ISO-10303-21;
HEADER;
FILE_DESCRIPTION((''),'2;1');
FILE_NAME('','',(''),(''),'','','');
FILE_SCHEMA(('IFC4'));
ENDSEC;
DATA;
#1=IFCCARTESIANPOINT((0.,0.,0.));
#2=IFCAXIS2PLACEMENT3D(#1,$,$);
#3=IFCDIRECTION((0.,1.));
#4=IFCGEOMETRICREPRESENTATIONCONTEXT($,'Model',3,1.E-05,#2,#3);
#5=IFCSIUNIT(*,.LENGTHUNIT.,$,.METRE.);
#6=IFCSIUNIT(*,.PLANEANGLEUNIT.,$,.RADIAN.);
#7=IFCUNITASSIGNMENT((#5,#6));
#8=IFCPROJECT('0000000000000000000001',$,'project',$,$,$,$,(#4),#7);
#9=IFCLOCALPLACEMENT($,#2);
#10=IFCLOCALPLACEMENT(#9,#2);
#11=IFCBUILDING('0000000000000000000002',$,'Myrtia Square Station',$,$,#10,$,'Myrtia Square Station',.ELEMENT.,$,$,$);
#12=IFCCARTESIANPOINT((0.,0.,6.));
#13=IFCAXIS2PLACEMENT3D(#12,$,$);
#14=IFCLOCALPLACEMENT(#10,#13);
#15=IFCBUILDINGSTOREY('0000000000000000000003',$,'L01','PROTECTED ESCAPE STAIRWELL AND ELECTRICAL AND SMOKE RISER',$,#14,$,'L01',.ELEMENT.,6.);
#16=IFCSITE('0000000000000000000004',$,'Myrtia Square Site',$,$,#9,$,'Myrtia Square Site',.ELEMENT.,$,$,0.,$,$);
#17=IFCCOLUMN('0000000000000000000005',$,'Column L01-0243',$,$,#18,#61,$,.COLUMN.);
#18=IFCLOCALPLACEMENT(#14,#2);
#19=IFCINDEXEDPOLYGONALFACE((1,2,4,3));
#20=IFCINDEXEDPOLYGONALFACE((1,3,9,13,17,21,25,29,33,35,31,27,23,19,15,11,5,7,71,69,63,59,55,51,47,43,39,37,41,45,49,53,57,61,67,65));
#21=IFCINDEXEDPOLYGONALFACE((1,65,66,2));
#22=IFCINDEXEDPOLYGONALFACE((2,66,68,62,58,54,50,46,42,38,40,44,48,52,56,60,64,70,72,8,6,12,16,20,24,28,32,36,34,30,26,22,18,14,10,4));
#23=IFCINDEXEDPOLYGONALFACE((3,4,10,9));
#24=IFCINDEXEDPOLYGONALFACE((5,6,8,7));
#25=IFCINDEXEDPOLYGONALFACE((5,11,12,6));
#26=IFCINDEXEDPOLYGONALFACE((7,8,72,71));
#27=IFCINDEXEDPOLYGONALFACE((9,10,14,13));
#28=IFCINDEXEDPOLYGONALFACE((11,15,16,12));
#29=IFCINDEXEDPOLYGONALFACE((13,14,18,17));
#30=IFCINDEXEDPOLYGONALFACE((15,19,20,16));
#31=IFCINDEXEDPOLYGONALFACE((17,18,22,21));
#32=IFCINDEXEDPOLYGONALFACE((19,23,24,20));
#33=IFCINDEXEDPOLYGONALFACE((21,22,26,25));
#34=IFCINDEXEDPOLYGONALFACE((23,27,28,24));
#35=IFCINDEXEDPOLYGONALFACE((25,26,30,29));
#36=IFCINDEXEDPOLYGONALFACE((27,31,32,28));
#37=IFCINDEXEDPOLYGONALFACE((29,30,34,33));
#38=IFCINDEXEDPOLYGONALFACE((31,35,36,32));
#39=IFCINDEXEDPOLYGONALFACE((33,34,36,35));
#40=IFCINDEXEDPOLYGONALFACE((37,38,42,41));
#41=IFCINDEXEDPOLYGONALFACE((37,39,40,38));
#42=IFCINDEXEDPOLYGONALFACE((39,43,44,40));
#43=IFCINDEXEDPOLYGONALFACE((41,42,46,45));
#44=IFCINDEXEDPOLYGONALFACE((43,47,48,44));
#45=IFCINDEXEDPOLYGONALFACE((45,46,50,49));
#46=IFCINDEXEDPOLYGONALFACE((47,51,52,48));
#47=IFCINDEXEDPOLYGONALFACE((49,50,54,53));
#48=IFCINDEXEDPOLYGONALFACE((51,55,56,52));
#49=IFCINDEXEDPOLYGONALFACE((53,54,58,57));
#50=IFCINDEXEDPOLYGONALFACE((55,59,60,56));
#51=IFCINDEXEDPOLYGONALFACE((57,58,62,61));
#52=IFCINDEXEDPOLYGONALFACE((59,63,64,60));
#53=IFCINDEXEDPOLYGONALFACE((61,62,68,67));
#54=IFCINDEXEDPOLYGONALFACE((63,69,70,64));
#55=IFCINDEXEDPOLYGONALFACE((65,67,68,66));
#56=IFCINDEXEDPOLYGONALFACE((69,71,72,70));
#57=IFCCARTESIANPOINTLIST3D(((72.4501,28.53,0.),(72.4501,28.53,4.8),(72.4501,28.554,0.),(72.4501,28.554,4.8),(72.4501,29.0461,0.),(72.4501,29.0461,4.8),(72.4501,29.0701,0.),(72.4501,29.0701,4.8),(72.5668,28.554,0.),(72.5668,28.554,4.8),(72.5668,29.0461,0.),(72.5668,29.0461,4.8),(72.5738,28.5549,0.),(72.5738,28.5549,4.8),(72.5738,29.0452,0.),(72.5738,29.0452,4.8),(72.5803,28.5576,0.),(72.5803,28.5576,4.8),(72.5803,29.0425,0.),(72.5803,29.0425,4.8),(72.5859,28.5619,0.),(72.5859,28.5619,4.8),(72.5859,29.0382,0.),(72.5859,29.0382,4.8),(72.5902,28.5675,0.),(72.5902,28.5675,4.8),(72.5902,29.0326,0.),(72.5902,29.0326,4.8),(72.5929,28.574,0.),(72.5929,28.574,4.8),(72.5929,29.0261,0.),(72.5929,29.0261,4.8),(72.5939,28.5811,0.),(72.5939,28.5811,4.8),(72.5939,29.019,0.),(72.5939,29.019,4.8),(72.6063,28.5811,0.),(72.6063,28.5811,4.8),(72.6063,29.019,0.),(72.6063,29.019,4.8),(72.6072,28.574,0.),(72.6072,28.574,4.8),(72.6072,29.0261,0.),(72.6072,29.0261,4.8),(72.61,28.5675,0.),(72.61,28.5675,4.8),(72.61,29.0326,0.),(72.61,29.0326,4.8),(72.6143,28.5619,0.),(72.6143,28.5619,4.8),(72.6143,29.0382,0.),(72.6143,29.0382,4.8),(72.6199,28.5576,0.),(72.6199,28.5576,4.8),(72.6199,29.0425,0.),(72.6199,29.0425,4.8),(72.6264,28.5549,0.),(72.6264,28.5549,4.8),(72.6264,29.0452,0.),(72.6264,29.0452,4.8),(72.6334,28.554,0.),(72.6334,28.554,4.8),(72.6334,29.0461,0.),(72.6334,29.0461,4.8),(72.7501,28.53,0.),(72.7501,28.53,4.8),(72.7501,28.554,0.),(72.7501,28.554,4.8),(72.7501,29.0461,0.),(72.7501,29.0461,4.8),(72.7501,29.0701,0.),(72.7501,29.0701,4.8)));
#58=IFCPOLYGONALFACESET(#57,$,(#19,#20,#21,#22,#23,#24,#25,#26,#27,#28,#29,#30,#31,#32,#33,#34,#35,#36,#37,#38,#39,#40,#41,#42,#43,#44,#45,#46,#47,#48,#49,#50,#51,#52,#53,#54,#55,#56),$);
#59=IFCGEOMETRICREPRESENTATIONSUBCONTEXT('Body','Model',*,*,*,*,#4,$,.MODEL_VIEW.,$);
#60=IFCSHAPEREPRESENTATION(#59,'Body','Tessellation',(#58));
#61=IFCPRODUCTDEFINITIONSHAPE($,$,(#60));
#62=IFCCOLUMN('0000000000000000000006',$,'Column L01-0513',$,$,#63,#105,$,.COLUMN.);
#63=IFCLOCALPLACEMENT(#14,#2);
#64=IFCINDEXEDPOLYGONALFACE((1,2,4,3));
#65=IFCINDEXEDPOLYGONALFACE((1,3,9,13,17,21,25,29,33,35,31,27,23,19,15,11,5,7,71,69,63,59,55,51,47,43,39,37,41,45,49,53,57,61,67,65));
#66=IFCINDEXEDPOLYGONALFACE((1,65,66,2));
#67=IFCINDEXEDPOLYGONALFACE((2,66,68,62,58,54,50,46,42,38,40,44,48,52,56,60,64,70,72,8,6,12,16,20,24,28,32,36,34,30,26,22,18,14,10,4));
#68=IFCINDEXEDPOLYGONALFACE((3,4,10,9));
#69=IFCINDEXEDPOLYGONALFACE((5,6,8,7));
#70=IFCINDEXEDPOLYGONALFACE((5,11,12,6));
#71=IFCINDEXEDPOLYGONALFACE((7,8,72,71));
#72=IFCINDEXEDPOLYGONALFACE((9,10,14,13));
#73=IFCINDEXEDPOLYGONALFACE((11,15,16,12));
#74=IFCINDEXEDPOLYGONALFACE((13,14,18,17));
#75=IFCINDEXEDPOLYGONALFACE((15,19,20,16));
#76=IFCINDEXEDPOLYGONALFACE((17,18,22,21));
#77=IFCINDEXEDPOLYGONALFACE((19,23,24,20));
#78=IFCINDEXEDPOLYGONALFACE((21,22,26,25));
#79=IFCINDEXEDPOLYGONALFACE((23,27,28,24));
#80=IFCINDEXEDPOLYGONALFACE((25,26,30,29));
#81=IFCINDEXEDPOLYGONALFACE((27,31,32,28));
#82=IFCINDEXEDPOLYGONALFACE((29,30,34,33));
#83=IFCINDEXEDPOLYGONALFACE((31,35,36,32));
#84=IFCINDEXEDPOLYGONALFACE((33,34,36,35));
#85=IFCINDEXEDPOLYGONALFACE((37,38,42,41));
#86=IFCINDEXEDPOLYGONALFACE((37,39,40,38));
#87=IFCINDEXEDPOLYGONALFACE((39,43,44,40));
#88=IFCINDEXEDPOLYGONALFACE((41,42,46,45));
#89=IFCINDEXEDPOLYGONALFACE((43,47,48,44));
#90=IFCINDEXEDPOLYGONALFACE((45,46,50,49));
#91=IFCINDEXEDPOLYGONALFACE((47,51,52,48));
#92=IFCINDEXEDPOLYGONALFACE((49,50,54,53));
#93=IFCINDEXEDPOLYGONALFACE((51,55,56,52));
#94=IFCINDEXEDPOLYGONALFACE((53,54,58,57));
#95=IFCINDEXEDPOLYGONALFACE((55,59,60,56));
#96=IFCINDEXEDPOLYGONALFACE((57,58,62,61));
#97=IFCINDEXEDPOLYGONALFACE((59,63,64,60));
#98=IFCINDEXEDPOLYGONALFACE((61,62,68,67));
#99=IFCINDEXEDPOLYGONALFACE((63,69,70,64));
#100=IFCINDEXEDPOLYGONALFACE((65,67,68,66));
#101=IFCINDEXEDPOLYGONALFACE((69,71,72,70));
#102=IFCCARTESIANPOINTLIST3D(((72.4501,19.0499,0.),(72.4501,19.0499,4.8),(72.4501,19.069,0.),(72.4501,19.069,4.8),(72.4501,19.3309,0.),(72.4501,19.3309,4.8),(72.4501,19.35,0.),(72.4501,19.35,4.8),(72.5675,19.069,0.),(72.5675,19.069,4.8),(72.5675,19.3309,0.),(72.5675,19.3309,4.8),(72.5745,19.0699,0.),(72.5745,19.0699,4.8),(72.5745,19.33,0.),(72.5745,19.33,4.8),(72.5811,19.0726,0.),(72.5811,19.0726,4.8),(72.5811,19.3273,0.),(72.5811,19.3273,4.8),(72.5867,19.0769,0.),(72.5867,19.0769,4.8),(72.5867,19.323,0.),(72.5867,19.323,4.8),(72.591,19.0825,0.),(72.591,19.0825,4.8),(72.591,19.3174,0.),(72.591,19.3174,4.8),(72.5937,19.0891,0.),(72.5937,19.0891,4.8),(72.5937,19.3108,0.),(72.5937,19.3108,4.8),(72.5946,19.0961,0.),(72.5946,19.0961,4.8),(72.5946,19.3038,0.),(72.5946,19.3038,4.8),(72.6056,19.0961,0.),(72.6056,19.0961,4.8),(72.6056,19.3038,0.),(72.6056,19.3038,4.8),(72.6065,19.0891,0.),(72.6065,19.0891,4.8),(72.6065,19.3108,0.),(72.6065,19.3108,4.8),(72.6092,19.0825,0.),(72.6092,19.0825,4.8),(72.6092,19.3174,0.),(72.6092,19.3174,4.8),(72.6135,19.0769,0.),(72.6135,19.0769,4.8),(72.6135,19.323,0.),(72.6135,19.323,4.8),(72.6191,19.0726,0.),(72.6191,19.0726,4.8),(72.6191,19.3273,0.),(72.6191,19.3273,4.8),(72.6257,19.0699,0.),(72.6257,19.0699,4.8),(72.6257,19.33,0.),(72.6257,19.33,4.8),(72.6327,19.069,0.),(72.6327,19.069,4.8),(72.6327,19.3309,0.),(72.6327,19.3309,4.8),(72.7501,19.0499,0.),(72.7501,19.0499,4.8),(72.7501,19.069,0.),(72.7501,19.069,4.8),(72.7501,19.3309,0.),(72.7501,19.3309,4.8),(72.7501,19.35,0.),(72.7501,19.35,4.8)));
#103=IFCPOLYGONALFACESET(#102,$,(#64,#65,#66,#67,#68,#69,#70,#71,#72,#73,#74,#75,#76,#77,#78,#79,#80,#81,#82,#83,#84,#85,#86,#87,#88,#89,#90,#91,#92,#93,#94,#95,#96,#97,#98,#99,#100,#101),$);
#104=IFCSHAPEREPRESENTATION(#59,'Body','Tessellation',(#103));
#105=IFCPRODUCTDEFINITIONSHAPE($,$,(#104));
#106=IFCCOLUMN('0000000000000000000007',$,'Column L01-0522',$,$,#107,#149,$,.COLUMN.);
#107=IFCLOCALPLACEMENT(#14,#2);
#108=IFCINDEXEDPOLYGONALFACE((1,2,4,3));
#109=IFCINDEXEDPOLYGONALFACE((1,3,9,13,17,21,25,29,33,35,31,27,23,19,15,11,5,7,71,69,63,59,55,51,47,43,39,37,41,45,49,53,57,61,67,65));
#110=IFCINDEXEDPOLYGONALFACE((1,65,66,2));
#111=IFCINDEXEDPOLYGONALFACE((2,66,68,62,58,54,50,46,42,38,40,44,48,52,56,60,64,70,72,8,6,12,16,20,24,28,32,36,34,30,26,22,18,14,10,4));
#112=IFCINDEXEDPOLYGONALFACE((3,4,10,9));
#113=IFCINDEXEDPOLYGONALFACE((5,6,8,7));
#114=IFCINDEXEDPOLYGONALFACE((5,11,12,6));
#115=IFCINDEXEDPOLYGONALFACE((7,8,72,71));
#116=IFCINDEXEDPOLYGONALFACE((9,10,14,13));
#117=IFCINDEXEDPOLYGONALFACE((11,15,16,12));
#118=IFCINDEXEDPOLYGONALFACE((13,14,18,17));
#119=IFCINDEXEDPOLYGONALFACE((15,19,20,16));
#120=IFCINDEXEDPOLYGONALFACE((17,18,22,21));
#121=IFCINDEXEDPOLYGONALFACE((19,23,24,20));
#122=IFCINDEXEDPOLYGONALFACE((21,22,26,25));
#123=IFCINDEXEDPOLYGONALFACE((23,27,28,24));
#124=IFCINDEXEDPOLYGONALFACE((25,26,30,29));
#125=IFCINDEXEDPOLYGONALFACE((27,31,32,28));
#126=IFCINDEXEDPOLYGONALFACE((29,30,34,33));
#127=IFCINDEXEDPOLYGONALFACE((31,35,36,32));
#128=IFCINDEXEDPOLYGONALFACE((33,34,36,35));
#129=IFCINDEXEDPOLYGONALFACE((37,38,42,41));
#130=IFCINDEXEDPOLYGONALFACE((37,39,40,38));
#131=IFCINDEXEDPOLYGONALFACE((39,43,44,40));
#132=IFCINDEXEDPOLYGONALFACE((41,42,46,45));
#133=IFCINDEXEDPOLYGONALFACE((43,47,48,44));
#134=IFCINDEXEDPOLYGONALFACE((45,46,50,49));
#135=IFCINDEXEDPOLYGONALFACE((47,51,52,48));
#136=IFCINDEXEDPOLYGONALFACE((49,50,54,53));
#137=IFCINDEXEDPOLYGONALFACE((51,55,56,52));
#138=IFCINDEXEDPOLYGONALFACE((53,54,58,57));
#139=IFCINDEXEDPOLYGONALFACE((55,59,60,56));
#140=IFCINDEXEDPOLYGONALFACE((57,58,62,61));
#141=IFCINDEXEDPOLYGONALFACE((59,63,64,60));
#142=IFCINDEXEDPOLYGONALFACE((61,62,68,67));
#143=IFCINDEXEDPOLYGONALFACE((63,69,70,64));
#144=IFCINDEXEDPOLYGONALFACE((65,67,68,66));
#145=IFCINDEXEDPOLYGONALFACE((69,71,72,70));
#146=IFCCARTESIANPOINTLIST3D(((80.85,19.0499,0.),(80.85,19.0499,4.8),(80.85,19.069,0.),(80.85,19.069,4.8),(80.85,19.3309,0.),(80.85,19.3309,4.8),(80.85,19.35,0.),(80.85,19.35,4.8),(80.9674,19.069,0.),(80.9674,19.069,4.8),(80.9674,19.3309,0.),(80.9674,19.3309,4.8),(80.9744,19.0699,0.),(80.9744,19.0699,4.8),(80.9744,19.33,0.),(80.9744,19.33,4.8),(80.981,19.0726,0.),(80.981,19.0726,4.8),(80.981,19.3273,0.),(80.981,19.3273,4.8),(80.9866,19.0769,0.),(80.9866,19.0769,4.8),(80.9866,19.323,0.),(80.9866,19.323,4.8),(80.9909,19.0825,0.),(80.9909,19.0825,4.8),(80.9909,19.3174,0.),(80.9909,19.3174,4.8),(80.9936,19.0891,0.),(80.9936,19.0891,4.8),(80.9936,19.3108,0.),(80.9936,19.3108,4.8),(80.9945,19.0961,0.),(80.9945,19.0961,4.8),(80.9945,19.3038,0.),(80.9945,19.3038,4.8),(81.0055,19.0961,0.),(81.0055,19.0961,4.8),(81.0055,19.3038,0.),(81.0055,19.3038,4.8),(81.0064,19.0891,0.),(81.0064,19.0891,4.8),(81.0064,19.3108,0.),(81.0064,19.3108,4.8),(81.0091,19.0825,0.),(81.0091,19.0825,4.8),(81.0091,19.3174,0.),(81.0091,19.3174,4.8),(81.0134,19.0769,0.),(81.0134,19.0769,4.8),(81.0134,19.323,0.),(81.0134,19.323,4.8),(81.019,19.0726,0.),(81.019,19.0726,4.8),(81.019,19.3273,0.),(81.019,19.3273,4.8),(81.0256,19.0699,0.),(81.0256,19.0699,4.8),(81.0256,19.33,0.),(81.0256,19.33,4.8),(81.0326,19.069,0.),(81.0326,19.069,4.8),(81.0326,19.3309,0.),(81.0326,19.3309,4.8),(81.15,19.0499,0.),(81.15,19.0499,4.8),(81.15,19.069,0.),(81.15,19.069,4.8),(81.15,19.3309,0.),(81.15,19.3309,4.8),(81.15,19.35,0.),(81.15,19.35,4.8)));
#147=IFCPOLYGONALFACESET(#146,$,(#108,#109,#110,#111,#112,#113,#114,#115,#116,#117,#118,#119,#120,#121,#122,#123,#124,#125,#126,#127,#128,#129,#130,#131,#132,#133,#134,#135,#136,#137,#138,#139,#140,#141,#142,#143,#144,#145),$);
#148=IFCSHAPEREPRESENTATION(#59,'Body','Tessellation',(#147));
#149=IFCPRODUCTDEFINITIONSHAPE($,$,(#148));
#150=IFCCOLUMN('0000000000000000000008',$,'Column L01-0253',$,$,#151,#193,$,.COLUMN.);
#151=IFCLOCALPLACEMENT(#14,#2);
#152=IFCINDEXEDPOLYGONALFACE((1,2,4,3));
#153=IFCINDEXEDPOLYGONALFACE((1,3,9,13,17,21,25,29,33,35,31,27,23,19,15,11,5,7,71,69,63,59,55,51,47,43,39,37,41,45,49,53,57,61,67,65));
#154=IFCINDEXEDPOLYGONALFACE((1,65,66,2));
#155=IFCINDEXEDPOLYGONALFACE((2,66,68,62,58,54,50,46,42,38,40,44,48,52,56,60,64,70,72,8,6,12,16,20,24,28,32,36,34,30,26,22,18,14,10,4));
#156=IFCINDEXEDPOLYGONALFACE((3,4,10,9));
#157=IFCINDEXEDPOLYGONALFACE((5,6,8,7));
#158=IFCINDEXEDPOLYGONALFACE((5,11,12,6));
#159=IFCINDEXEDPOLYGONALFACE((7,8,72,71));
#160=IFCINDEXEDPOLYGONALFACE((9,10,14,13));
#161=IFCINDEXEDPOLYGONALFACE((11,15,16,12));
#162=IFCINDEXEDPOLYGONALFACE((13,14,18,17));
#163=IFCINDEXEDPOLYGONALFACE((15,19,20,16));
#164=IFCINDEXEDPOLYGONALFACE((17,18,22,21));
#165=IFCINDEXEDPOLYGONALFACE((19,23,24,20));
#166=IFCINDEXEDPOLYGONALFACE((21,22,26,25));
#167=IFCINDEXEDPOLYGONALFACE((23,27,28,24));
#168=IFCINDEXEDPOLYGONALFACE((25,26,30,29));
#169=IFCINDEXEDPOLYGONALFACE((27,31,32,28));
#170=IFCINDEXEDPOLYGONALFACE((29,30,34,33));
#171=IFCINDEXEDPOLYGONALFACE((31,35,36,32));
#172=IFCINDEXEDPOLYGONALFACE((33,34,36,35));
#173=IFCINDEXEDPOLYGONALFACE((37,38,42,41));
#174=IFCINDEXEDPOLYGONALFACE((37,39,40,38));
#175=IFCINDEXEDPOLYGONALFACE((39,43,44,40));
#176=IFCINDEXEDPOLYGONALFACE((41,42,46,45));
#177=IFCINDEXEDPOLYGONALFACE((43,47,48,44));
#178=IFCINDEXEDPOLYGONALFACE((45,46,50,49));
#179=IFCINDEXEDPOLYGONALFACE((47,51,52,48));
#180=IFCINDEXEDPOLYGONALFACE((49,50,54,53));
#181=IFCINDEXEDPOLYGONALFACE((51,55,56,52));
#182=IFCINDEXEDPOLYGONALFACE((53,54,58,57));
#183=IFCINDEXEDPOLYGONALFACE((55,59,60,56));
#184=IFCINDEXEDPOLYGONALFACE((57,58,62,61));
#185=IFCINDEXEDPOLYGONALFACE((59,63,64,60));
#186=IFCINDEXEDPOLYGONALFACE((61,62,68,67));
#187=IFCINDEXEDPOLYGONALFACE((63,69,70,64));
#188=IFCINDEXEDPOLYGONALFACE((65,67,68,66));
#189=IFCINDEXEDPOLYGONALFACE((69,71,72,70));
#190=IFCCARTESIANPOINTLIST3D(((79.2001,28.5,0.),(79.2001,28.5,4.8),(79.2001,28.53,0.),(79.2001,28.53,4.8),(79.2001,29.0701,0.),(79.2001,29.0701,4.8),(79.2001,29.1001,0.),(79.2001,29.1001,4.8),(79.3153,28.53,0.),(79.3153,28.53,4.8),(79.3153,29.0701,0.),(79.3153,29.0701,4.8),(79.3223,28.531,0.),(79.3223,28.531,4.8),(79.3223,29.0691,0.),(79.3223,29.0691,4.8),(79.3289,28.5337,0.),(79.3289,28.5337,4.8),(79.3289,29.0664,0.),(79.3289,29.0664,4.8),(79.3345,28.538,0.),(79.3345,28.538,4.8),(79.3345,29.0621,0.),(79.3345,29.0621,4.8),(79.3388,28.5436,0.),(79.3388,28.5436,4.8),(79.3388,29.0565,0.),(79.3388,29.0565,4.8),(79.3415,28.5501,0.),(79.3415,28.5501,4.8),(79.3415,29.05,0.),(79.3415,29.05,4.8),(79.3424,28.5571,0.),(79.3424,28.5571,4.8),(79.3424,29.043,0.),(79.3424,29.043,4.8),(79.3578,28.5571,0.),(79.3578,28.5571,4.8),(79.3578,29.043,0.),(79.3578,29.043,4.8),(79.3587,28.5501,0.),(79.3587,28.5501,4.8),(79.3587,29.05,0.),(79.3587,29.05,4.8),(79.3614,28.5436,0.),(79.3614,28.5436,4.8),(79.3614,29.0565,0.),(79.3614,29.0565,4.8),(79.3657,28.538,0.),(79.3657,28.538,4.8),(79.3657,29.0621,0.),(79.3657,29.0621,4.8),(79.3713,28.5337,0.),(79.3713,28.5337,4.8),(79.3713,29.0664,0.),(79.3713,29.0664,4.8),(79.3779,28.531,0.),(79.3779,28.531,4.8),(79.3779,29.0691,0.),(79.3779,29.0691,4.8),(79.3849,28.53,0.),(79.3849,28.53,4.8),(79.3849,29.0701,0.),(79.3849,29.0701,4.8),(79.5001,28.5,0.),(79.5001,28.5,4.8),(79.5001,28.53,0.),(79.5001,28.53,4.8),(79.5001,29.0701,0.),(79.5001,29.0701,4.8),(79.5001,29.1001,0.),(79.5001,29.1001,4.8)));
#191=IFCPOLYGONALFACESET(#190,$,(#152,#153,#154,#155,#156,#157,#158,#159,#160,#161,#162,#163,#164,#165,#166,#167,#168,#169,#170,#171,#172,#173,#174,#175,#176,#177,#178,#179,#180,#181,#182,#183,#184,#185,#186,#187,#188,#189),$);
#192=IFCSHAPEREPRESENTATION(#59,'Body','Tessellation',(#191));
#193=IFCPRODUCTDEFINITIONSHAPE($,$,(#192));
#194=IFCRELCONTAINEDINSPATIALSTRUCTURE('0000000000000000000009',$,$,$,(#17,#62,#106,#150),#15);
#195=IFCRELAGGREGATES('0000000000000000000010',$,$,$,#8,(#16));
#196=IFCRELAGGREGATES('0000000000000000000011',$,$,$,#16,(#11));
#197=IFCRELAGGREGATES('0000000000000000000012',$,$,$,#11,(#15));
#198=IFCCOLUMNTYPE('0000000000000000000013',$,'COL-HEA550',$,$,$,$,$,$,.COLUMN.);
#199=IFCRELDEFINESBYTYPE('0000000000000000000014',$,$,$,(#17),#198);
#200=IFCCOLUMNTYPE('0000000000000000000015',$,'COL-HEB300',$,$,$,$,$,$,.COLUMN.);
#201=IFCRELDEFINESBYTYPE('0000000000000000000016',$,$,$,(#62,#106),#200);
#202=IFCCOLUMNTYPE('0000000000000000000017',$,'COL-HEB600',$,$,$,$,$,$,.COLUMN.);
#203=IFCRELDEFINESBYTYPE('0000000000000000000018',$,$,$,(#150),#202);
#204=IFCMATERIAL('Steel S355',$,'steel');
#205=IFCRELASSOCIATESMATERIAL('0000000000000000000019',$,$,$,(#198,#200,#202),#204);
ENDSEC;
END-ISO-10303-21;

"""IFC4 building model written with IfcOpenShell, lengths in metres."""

from ifc_helpers import new_model, si_unit, direction, frame, origin, origin_2d, place, context, subcontext, project, spatial, i_section, extrude, material, material_profile, profile_set, type_object, element, save


model = new_model("IFC4")

# Units and contexts
model_context = context("Model", 3, precision=1e-05, world=origin(), true_north=direction((0.0, 1.0)))
body_context = subcontext(model_context, "Body", "Model", "MODEL_VIEW")
ifc_project = project(units=[si_unit("LENGTHUNIT", "METRE"), si_unit("PLANEANGLEUNIT", "RADIAN")], contexts=[model_context])

# Site, building, storey
site_placement = place(None, origin())
site = spatial("IfcSite", under=ifc_project, at=site_placement, Name="Myrtia Square Site", LongName="Myrtia Square Site", CompositionType="ELEMENT", RefElevation=0.0)
building_placement = place(site_placement, origin())
building = spatial("IfcBuilding", under=site, at=building_placement, Name="Myrtia Square Station", LongName="Myrtia Square Station", CompositionType="ELEMENT")
storey_placement = place(building_placement, frame((0.0, 0.0, 6.0)))
storey = spatial("IfcBuildingStorey", under=building, at=storey_placement, Name="L01", Description="PROTECTED ESCAPE STAIRWELL AND ELECTRICAL AND SMOKE RISER", LongName="L01", CompositionType="ELEMENT", Elevation=6.0)

# Columns
ifc_material_1 = material(Name="Steel S355", Category="steel")
ifc_material_profile_1 = material_profile(ifc_material_1, i_section(OverallWidth=0.3, OverallDepth=0.54, WebThickness=0.0125, FlangeThickness=0.0239, FilletRadius=0.0271, at=origin_2d()), Name="HEA 550")
ifc_profile_set_1 = profile_set([ifc_material_profile_1], Name="Steel S355")
column_type_1 = type_object("IfcColumnType", Name="COL-HEA550", PredefinedType="COLUMN", material=ifc_profile_set_1)
column_1_placement = place(storey_placement, frame((72.6001, 28.8, 0.0), z_axis=(0.0, 0.0, 1.0), x_axis=(1.0, 0.0, 0.0)))
element("IfcColumn", 1, at=column_1_placement, inside=storey, type_object=column_type_1, Name="Column L01-0243", PredefinedType="COLUMN", context=body_context, shape_type="SweptSolid", body=[
    extrude(i_section(OverallWidth=0.3, OverallDepth=0.54, WebThickness=0.0125, FlangeThickness=0.0239, FilletRadius=0.0271, at=origin_2d()), origin(), (0.0, 0.0, 1.0), 4.8),
])
ifc_material_profile_2 = material_profile(ifc_material_1, i_section(OverallWidth=0.3, OverallDepth=0.3, WebThickness=0.011, FlangeThickness=0.019, FilletRadius=0.0271, at=origin_2d()), Name="HEB 300")
ifc_profile_set_2 = profile_set([ifc_material_profile_2], Name="Steel S355")
column_type_2 = type_object("IfcColumnType", Name="COL-HEB300", PredefinedType="COLUMN", material=ifc_profile_set_2)
for number, where, z_axis, x_axis, name in (
    (2, (72.6001, 19.2, 0.0), (0.0, 0.0, 1.0), (1.0, 0.0, 0.0), "Column L01-0513"),
    (3, (81.0, 19.2, 0.0), (0.0, 0.0, 1.0), (1.0, 0.0, 0.0), "Column L01-0522"),
):
    element("IfcColumn", number, at=place(storey_placement, frame(where, z_axis=z_axis, x_axis=x_axis)), inside=storey, type_object=column_type_2, Name=name, PredefinedType="COLUMN", context=body_context, shape_type="SweptSolid", body=[
        extrude(i_section(OverallWidth=0.3, OverallDepth=0.3, WebThickness=0.011, FlangeThickness=0.019, FilletRadius=0.0271, at=origin_2d()), origin(), (0.0, 0.0, 1.0), 4.8),
    ])
ifc_material_profile_3 = material_profile(ifc_material_1, i_section(OverallWidth=0.3, OverallDepth=0.6001, WebThickness=0.0154, FlangeThickness=0.03, FilletRadius=0.0271, at=origin_2d()), Name="HEB 600")
ifc_profile_set_3 = profile_set([ifc_material_profile_3], Name="Steel S355")
column_type_3 = type_object("IfcColumnType", Name="COL-HEB600", PredefinedType="COLUMN", material=ifc_profile_set_3)
column_2_placement = place(storey_placement, frame((79.3501, 28.8, 0.0), z_axis=(0.0, 0.0, 1.0), x_axis=(1.0, 0.0, 0.0)))
element("IfcColumn", 4, at=column_2_placement, inside=storey, type_object=column_type_3, Name="Column L01-0253", PredefinedType="COLUMN", context=body_context, shape_type="SweptSolid", body=[
    extrude(i_section(OverallWidth=0.3, OverallDepth=0.6001, WebThickness=0.0154, FlangeThickness=0.03, FilletRadius=0.0271, at=origin_2d()), origin(), (0.0, 0.0, 1.0), 4.8),
])

save(model, "model.ifc")
